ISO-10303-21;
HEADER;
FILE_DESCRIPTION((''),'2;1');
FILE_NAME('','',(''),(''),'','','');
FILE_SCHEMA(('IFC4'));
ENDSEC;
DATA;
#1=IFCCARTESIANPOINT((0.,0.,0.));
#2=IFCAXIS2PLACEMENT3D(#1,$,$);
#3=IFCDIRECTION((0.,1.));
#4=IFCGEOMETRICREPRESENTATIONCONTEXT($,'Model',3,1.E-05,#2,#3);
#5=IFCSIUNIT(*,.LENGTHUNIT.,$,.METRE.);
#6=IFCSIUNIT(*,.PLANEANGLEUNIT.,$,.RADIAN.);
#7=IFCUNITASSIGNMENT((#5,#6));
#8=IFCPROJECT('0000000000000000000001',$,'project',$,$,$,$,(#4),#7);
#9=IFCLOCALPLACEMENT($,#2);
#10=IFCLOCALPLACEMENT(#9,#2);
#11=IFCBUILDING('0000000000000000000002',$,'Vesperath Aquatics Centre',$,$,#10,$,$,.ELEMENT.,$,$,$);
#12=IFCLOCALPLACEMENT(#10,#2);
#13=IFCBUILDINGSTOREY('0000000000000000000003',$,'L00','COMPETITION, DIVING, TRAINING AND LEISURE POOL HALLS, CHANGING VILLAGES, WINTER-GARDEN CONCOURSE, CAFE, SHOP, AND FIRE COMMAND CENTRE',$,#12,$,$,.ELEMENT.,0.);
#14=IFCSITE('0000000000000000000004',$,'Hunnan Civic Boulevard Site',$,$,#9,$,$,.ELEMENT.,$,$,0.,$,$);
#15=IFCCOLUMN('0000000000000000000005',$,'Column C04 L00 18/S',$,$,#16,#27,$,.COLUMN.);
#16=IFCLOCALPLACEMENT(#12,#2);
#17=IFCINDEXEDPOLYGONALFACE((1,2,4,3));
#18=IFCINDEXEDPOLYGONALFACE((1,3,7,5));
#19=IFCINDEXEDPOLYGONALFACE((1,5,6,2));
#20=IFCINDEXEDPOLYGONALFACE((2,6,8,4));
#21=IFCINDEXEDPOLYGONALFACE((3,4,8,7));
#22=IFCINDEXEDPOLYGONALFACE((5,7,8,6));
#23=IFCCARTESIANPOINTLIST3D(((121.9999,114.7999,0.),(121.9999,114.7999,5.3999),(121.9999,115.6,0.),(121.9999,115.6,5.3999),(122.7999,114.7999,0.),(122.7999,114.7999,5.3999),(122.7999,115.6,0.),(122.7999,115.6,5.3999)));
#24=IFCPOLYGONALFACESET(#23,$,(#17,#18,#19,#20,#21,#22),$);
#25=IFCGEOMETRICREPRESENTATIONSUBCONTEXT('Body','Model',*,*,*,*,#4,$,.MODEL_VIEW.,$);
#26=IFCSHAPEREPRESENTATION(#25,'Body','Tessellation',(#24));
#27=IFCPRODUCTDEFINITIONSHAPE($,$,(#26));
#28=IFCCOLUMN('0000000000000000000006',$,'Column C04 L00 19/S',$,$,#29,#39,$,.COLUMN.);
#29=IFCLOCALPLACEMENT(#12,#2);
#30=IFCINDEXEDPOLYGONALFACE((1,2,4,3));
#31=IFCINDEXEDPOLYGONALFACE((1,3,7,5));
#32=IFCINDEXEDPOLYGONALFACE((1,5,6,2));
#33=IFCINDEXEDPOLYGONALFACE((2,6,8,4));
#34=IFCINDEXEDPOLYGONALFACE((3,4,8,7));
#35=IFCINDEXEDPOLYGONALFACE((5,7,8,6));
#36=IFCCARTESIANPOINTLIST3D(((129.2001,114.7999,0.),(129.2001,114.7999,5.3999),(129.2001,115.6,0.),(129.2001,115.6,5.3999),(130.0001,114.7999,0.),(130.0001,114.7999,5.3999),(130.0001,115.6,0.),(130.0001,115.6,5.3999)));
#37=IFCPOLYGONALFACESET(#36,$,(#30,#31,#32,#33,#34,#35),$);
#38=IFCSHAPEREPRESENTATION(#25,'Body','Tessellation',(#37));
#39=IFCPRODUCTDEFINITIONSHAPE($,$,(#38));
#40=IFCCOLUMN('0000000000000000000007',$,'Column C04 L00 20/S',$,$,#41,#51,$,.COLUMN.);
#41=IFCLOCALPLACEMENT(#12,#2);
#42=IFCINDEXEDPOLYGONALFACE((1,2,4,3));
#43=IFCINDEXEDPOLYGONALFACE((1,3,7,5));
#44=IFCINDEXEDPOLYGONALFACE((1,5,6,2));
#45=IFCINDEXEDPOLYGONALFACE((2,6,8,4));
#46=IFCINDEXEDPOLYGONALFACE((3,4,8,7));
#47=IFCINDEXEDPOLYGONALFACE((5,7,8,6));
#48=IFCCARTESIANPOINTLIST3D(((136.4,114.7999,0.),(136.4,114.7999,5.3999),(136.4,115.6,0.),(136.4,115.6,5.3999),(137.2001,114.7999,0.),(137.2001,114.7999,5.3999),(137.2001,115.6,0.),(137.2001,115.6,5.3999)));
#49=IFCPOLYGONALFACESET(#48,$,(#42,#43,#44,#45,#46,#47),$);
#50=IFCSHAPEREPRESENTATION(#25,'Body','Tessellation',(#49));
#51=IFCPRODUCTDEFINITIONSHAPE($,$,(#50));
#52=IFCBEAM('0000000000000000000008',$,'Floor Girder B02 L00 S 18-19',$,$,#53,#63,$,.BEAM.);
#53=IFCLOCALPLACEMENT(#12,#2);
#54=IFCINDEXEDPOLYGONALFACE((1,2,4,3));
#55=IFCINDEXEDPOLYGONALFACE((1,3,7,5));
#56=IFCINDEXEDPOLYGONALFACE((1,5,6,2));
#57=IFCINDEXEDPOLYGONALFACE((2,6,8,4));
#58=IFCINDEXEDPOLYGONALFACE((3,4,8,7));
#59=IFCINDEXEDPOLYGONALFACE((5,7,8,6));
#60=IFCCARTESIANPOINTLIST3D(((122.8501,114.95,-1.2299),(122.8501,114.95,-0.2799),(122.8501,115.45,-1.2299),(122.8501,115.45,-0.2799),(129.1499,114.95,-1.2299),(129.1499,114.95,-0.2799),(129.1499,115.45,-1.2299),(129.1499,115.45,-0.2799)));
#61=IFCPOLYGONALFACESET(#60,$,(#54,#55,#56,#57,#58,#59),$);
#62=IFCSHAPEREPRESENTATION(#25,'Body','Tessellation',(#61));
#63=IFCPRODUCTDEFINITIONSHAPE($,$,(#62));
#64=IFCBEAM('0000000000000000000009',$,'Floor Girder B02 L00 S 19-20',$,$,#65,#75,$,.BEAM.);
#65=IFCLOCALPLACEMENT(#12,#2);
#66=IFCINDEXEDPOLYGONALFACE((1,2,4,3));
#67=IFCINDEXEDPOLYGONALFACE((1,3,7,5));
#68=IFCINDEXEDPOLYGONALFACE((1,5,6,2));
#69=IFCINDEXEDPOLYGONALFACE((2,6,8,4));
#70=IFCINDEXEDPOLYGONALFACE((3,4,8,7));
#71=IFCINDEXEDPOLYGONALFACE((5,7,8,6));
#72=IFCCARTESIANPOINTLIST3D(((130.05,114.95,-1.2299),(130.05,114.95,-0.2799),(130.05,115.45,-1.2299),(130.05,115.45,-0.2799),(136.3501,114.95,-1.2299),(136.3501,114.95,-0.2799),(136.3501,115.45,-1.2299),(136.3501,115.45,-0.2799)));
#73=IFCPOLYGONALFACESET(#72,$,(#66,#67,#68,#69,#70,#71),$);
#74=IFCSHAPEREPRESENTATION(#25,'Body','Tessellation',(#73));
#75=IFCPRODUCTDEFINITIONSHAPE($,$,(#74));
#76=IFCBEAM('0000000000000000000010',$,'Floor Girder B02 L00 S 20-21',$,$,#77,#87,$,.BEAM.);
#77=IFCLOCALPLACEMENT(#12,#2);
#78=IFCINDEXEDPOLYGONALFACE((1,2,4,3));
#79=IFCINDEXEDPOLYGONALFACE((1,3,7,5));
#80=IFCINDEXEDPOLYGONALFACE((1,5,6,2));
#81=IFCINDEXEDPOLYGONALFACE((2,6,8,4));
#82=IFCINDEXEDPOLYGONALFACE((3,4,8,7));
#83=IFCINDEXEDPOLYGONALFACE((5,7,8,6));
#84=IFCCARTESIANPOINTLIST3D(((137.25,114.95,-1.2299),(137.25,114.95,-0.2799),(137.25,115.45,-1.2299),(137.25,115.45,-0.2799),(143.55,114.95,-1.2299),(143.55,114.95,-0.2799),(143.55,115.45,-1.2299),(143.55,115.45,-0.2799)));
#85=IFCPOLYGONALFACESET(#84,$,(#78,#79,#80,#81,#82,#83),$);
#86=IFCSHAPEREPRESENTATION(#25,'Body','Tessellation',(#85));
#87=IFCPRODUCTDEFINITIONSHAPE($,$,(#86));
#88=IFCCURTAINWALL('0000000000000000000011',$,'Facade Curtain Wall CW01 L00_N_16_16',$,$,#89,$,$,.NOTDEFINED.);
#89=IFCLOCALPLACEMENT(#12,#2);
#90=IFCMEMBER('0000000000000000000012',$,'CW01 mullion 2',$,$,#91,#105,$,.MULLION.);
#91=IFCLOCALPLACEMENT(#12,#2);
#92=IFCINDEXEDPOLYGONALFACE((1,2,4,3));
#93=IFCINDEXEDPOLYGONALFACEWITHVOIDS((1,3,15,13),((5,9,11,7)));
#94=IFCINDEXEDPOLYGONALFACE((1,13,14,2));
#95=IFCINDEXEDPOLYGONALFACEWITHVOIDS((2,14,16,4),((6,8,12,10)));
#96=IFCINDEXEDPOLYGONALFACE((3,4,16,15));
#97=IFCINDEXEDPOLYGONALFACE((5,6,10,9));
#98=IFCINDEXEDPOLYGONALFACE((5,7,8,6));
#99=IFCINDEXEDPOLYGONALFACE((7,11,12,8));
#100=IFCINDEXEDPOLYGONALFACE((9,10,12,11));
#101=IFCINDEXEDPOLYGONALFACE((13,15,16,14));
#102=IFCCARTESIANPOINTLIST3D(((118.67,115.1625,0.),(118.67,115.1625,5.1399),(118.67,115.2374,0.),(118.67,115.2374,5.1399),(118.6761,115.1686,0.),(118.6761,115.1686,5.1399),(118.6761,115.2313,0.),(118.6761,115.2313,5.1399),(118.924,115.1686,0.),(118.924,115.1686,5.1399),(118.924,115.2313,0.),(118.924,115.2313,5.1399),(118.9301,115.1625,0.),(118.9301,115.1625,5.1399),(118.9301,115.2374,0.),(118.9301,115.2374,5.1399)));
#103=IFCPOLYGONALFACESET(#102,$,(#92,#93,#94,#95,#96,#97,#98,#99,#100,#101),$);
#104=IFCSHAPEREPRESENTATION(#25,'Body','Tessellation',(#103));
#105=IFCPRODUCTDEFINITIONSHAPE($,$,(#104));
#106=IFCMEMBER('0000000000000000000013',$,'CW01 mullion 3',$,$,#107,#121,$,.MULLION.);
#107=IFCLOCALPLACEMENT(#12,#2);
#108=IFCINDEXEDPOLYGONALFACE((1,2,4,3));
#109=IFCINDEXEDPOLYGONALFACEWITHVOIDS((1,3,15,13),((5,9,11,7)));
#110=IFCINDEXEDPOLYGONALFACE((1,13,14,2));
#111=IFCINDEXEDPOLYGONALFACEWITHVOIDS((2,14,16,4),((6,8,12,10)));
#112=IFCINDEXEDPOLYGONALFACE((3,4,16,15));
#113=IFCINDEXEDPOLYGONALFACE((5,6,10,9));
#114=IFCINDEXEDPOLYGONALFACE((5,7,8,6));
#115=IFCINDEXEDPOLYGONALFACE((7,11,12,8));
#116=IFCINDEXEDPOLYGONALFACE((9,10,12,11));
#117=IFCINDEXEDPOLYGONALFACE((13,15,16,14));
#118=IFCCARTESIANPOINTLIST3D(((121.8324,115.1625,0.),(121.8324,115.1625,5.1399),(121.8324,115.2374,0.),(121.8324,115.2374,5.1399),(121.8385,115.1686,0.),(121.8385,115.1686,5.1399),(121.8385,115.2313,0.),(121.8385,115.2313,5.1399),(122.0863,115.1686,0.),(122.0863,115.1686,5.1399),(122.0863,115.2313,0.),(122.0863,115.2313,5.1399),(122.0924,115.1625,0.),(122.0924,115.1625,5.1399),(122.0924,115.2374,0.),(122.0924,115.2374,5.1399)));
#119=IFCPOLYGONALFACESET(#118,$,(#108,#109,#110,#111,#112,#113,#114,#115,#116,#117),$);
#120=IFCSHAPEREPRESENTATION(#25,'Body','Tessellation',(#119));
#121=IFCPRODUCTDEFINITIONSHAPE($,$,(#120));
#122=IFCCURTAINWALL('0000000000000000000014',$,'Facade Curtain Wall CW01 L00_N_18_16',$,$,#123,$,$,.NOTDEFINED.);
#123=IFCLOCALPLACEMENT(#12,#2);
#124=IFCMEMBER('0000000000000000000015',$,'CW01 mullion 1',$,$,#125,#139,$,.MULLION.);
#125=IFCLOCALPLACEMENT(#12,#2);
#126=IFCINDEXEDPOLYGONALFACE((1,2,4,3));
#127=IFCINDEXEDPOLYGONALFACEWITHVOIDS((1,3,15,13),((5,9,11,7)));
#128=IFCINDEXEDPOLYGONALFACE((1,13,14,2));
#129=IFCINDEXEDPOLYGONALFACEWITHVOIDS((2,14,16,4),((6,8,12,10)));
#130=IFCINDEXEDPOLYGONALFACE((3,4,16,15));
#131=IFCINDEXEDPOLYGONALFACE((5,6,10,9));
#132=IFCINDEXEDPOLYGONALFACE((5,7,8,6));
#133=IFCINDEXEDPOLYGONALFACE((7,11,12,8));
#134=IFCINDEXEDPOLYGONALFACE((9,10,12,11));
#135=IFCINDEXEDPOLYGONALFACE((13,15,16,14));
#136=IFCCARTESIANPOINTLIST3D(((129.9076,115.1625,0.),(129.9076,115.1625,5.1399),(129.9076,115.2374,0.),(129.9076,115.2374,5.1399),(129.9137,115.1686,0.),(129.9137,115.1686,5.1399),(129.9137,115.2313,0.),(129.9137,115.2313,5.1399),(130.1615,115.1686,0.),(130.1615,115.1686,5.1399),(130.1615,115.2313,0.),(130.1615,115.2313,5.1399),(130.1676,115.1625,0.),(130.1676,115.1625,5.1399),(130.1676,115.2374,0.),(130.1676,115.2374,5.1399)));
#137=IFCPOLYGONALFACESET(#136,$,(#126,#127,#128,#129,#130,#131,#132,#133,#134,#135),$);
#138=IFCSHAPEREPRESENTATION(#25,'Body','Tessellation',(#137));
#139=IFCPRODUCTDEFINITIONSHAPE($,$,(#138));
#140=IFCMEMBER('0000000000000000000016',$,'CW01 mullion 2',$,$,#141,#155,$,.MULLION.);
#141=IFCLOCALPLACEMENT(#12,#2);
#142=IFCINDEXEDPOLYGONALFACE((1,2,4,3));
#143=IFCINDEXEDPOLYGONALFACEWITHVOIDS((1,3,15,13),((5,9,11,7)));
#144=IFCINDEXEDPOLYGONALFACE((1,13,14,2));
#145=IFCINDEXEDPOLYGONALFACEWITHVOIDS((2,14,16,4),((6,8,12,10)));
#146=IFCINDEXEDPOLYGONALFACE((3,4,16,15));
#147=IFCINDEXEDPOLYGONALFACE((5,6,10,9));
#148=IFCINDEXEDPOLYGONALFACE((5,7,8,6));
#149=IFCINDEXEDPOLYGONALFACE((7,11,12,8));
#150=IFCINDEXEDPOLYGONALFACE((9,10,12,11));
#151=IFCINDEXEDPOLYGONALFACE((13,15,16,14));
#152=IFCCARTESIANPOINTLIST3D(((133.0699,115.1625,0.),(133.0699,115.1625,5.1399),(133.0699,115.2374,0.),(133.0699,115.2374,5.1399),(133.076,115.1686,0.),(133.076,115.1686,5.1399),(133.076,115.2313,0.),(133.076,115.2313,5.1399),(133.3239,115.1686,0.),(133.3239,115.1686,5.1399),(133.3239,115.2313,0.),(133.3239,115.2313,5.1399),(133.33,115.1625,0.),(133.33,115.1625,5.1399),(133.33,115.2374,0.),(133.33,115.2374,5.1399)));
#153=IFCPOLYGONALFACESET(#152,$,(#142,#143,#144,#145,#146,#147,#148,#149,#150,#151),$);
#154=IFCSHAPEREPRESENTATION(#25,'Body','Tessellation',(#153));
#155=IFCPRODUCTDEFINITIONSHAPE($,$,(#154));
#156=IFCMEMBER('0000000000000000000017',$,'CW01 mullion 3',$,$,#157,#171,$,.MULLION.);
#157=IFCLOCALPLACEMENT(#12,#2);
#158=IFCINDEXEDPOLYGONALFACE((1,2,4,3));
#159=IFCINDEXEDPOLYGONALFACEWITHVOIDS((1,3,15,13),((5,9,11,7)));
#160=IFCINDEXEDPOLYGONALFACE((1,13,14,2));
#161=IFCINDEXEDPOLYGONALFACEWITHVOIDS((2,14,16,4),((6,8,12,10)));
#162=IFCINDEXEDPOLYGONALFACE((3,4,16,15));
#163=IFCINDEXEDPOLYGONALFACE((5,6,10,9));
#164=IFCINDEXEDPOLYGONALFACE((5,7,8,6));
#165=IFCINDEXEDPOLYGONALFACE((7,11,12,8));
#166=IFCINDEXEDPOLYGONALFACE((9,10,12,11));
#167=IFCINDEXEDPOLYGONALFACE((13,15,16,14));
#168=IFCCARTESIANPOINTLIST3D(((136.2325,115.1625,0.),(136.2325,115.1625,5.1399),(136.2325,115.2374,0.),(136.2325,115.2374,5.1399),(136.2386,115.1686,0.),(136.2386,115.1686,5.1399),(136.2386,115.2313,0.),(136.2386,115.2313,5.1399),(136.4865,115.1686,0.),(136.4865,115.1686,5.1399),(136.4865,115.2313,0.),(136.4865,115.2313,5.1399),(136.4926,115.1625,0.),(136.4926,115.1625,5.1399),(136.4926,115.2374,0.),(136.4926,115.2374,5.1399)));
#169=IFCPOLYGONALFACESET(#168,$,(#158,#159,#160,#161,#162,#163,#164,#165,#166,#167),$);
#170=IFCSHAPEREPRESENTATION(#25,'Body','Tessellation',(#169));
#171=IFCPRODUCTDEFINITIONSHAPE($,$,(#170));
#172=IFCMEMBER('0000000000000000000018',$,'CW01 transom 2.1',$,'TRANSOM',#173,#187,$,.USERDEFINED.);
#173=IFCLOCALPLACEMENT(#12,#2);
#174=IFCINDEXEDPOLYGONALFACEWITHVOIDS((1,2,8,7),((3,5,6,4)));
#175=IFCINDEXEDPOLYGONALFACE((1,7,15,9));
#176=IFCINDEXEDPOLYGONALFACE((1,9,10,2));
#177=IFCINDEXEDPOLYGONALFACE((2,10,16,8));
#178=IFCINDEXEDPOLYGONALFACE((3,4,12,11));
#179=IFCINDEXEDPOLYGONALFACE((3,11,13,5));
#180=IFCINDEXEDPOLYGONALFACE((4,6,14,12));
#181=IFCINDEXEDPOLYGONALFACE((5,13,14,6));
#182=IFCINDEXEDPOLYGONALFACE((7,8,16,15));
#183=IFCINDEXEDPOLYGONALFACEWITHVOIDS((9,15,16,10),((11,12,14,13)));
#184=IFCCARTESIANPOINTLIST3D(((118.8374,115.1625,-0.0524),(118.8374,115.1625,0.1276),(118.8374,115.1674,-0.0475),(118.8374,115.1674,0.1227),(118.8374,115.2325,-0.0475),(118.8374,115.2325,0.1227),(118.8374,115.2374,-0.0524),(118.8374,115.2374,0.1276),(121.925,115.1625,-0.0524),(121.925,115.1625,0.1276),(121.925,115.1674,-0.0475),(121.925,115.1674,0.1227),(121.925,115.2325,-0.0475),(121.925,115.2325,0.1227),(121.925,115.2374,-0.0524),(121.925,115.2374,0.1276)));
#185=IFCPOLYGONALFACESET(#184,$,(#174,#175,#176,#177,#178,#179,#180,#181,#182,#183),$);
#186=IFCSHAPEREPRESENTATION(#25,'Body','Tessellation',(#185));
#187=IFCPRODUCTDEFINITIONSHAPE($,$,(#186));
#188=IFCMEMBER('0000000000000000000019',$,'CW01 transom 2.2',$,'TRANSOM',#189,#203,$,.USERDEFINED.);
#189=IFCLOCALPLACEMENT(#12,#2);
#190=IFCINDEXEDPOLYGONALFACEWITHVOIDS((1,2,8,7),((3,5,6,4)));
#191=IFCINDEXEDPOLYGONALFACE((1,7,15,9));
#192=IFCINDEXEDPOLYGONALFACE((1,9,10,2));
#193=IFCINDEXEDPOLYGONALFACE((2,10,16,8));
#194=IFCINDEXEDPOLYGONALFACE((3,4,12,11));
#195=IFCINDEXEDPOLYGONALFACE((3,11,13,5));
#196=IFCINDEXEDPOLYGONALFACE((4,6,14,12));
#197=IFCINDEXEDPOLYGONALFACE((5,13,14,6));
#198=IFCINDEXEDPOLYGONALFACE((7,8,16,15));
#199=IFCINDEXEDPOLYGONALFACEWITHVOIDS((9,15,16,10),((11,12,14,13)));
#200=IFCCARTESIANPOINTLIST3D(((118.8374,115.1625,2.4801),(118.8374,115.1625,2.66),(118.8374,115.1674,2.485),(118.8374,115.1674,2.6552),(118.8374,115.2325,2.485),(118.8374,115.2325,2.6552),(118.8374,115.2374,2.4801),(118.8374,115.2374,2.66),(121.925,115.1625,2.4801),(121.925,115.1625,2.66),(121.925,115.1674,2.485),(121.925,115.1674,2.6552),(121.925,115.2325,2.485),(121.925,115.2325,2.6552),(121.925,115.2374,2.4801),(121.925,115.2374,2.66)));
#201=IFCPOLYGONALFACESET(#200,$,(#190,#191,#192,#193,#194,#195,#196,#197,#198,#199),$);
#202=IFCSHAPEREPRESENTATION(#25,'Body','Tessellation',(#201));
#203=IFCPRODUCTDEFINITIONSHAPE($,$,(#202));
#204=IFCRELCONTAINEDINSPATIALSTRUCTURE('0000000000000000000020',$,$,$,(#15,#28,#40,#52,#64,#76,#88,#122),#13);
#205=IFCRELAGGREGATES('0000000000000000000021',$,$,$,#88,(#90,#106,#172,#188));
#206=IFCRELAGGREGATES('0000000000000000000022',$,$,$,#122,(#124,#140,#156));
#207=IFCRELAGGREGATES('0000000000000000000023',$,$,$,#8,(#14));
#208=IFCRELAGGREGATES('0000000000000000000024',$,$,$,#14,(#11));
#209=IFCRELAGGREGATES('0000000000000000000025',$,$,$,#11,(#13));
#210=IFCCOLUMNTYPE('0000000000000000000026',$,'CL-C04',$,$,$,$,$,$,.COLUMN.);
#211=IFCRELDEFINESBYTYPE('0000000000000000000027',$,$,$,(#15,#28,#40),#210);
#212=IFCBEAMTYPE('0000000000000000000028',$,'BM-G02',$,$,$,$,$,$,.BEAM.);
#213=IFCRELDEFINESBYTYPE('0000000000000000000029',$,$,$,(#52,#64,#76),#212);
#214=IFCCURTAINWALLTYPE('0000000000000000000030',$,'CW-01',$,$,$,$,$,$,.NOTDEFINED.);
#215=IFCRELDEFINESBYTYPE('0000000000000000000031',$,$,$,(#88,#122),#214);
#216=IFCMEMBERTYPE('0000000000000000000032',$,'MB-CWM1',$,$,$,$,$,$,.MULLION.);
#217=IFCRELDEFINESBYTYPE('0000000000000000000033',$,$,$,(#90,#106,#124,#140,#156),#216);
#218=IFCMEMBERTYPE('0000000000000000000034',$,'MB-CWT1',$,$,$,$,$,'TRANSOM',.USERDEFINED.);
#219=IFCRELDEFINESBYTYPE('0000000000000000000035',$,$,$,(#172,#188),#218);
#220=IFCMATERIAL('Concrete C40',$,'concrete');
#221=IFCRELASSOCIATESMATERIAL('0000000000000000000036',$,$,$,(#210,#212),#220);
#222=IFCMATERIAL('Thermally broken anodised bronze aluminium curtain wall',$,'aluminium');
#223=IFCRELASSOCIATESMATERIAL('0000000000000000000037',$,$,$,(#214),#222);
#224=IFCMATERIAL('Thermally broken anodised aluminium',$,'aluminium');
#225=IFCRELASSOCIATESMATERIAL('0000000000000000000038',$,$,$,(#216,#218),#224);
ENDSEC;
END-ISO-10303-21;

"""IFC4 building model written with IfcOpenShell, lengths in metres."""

from ifc_helpers import new_model, si_unit, direction, frame, origin, origin_2d, place, context, subcontext, project, spatial, rectangle, hollow_rectangle, extrude, material, material_profile, profile_set, type_object, element, aggregate, save


model = new_model("IFC4")

# Units and contexts
model_context = context("Model", 3, precision=1e-05, world=origin(), true_north=direction((0.0, 1.0)))
body_context = subcontext(model_context, "Body", "Model", "MODEL_VIEW")
ifc_project = project(units=[si_unit("LENGTHUNIT", "METRE"), si_unit("PLANEANGLEUNIT", "RADIAN")], contexts=[model_context])

# Site, building, storey
site_placement = place(None, origin())
site = spatial("IfcSite", under=ifc_project, at=site_placement, Name="Hunnan Civic Boulevard Site", CompositionType="ELEMENT", RefElevation=0.0)
building_placement = place(site_placement, origin())
building = spatial("IfcBuilding", under=site, at=building_placement, Name="Vesperath Aquatics Centre", CompositionType="ELEMENT")
storey_placement = place(building_placement, origin())
storey = spatial("IfcBuildingStorey", under=building, at=storey_placement, Name="L00", Description="COMPETITION, DIVING, TRAINING AND LEISURE POOL HALLS, CHANGING VILLAGES, WINTER-GARDEN CONCOURSE, CAFE, SHOP, AND FIRE COMMAND CENTRE", CompositionType="ELEMENT", Elevation=0.0)

# Columns
ifc_material_1 = material(Name="Concrete C40", Category="concrete")
ifc_material_profile_1 = material_profile(ifc_material_1, rectangle(XDim=0.8, YDim=0.8, at=origin_2d()), Name="RC 800x800")
ifc_profile_set_1 = profile_set([ifc_material_profile_1], Name="Concrete C40")
column_type = type_object("IfcColumnType", Name="CL-C04", PredefinedType="COLUMN", material=ifc_profile_set_1)
for number, where, z_axis, x_axis, name in (
    (1, (122.3999, 115.2, 0.0), (0.0, 0.0, 1.0), (1.0, 0.0, 0.0), "Column C04 L00 18/S"),
    (2, (129.6001, 115.2, 0.0), (0.0, 0.0, 1.0), (1.0, 0.0, 0.0), "Column C04 L00 19/S"),
    (3, (136.8, 115.2, 0.0), (0.0, 0.0, 1.0), (1.0, 0.0, 0.0), "Column C04 L00 20/S"),
):
    element("IfcColumn", number, at=place(storey_placement, frame(where, z_axis=z_axis, x_axis=x_axis)), inside=storey, type_object=column_type, Name=name, PredefinedType="COLUMN", context=body_context, shape_type="SweptSolid", body=[
        extrude(rectangle(XDim=0.8, YDim=0.8, at=origin_2d()), origin(), (0.0, 0.0, 1.0), 5.3999),
    ])

# Beams
ifc_material_profile_2 = material_profile(ifc_material_1, rectangle(XDim=0.5, YDim=0.95, at=origin_2d()), Name="RC 500x950")
ifc_profile_set_2 = profile_set([ifc_material_profile_2], Name="Concrete C40")
beam_type = type_object("IfcBeamType", Name="BM-G02", PredefinedType="BEAM", material=ifc_profile_set_2)
beam_placement = place(storey_placement, frame((122.8501, 115.2, -0.7549), z_axis=(1.0, 0.0, 0.0), x_axis=(0.0, 1.0, 0.0)))
element("IfcBeam", 4, at=beam_placement, inside=storey, type_object=beam_type, Name="Floor Girder B02 L00 S 18-19", PredefinedType="BEAM", context=body_context, shape_type="SweptSolid", body=[
    extrude(rectangle(XDim=0.5, YDim=0.95, at=origin_2d()), origin(), (0.0, 0.0, 1.0), 6.2998),
])
for number, where, z_axis, x_axis, name in (
    (5, (130.05, 115.2, -0.7549), (1.0, 0.0, 0.0), (0.0, 1.0, 0.0), "Floor Girder B02 L00 S 19-20"),
    (6, (137.25, 115.2, -0.7549), (1.0, 0.0, 0.0), (0.0, 1.0, 0.0), "Floor Girder B02 L00 S 20-21"),
):
    element("IfcBeam", number, at=place(storey_placement, frame(where, z_axis=z_axis, x_axis=x_axis)), inside=storey, type_object=beam_type, Name=name, PredefinedType="BEAM", context=body_context, shape_type="SweptSolid", body=[
        extrude(rectangle(XDim=0.5, YDim=0.95, at=origin_2d()), origin(), (0.0, 0.0, 1.0), 6.3),
    ])

# Curtain walls, members
ifc_material_2 = material(Name="Thermally broken anodised bronze aluminium curtain wall", Category="aluminium")
curtain_wall_type = type_object("IfcCurtainWallType", Name="CW-01", PredefinedType="NOTDEFINED", material=ifc_material_2)
curtain_wall_1_placement = place(storey_placement, origin())
curtain_wall_1 = element("IfcCurtainWall", 7, at=curtain_wall_1_placement, inside=storey, type_object=curtain_wall_type, Name="Facade Curtain Wall CW01 L00_N_16_16", PredefinedType="NOTDEFINED")
ifc_material_3 = material(Name="Thermally broken anodised aluminium", Category="aluminium")
ifc_material_profile_3 = material_profile(ifc_material_3, hollow_rectangle(XDim=0.075, YDim=0.26, WallThickness=0.0061, at=origin_2d()), Name="CWM 75x260x6")
ifc_profile_set_3 = profile_set([ifc_material_profile_3], Name="Thermally broken anodised aluminium")
member_type_1 = type_object("IfcMemberType", Name="MB-CWM1", PredefinedType="MULLION", material=ifc_profile_set_3)
member_1_placement = place(storey_placement, frame((118.8, 115.2, 0.0), z_axis=(0.0, 0.0, 1.0), x_axis=(0.0, 1.0, 0.0)))
member_1 = element("IfcMember", 8, at=member_1_placement, type_object=member_type_1, Name="CW01 mullion 2", PredefinedType="MULLION", context=body_context, shape_type="SweptSolid", body=[
    extrude(hollow_rectangle(XDim=0.075, YDim=0.26, WallThickness=0.0061, at=origin_2d()), origin(), (0.0, 0.0, 1.0), 5.1399),
])
member_2_placement = place(storey_placement, frame((121.9624, 115.2, 0.0), z_axis=(0.0, 0.0, 1.0), x_axis=(0.0, 1.0, 0.0)))
member_2 = element("IfcMember", 9, at=member_2_placement, type_object=member_type_1, Name="CW01 mullion 3", PredefinedType="MULLION", context=body_context, shape_type="SweptSolid", body=[
    extrude(hollow_rectangle(XDim=0.075, YDim=0.26, WallThickness=0.0061, at=origin_2d()), origin(), (0.0, 0.0, 1.0), 5.1399),
])
curtain_wall_2_placement = place(storey_placement, origin())
curtain_wall_2 = element("IfcCurtainWall", 10, at=curtain_wall_2_placement, inside=storey, type_object=curtain_wall_type, Name="Facade Curtain Wall CW01 L00_N_18_16", PredefinedType="NOTDEFINED")
member_3_placement = place(storey_placement, frame((130.0376, 115.2, 0.0), z_axis=(0.0, 0.0, 1.0), x_axis=(0.0, 1.0, 0.0)))
member_3 = element("IfcMember", 11, at=member_3_placement, type_object=member_type_1, Name="CW01 mullion 1", PredefinedType="MULLION", context=body_context, shape_type="SweptSolid", body=[
    extrude(hollow_rectangle(XDim=0.075, YDim=0.26, WallThickness=0.0061, at=origin_2d()), origin(), (0.0, 0.0, 1.0), 5.1399),
])
member_4_placement = place(storey_placement, frame((133.2, 115.2, 0.0), z_axis=(0.0, 0.0, 1.0), x_axis=(0.0, 1.0, 0.0)))
member_4 = element("IfcMember", 12, at=member_4_placement, type_object=member_type_1, Name="CW01 mullion 2", PredefinedType="MULLION", context=body_context, shape_type="SweptSolid", body=[
    extrude(hollow_rectangle(XDim=0.075, YDim=0.26, WallThickness=0.0061, at=origin_2d()), origin(), (0.0, 0.0, 1.0), 5.1399),
])
member_5_placement = place(storey_placement, frame((136.3625, 115.2, 0.0), z_axis=(0.0, 0.0, 1.0), x_axis=(0.0, 1.0, 0.0)))
member_5 = element("IfcMember", 13, at=member_5_placement, type_object=member_type_1, Name="CW01 mullion 3", PredefinedType="MULLION", context=body_context, shape_type="SweptSolid", body=[
    extrude(hollow_rectangle(XDim=0.075, YDim=0.26, WallThickness=0.0061, at=origin_2d()), origin(), (0.0, 0.0, 1.0), 5.1399),
])

# Members
ifc_material_profile_4 = material_profile(ifc_material_3, hollow_rectangle(XDim=0.075, YDim=0.1799, WallThickness=0.0049, at=origin_2d()), Name="CWT 75x180x5")
ifc_profile_set_4 = profile_set([ifc_material_profile_4], Name="Thermally broken anodised aluminium")
member_type_2 = type_object("IfcMemberType", Name="MB-CWT1", ElementType="TRANSOM", PredefinedType="USERDEFINED", material=ifc_profile_set_4)
member_6_placement = place(storey_placement, frame((118.8374, 115.2, 0.0376), z_axis=(1.0, 0.0, 0.0), x_axis=(0.0, 1.0, 0.0)))
member_6 = element("IfcMember", 14, at=member_6_placement, type_object=member_type_2, Name="CW01 transom 2.1", ObjectType="TRANSOM", PredefinedType="USERDEFINED", context=body_context, shape_type="SweptSolid", body=[
    extrude(hollow_rectangle(XDim=0.075, YDim=0.1799, WallThickness=0.0049, at=origin_2d()), origin(), (0.0, 0.0, 1.0), 3.0876),
])
member_7_placement = place(storey_placement, frame((118.8374, 115.2, 2.5701), z_axis=(1.0, 0.0, 0.0), x_axis=(0.0, 1.0, 0.0)))
member_7 = element("IfcMember", 15, at=member_7_placement, type_object=member_type_2, Name="CW01 transom 2.2", ObjectType="TRANSOM", PredefinedType="USERDEFINED", context=body_context, shape_type="SweptSolid", body=[
    extrude(hollow_rectangle(XDim=0.075, YDim=0.1799, WallThickness=0.0049, at=origin_2d()), origin(), (0.0, 0.0, 1.0), 3.0876),
])

aggregate(curtain_wall_1, [member_1, member_2, member_6, member_7])
aggregate(curtain_wall_2, [member_3, member_4, member_5])

save(model, "model.ifc")
